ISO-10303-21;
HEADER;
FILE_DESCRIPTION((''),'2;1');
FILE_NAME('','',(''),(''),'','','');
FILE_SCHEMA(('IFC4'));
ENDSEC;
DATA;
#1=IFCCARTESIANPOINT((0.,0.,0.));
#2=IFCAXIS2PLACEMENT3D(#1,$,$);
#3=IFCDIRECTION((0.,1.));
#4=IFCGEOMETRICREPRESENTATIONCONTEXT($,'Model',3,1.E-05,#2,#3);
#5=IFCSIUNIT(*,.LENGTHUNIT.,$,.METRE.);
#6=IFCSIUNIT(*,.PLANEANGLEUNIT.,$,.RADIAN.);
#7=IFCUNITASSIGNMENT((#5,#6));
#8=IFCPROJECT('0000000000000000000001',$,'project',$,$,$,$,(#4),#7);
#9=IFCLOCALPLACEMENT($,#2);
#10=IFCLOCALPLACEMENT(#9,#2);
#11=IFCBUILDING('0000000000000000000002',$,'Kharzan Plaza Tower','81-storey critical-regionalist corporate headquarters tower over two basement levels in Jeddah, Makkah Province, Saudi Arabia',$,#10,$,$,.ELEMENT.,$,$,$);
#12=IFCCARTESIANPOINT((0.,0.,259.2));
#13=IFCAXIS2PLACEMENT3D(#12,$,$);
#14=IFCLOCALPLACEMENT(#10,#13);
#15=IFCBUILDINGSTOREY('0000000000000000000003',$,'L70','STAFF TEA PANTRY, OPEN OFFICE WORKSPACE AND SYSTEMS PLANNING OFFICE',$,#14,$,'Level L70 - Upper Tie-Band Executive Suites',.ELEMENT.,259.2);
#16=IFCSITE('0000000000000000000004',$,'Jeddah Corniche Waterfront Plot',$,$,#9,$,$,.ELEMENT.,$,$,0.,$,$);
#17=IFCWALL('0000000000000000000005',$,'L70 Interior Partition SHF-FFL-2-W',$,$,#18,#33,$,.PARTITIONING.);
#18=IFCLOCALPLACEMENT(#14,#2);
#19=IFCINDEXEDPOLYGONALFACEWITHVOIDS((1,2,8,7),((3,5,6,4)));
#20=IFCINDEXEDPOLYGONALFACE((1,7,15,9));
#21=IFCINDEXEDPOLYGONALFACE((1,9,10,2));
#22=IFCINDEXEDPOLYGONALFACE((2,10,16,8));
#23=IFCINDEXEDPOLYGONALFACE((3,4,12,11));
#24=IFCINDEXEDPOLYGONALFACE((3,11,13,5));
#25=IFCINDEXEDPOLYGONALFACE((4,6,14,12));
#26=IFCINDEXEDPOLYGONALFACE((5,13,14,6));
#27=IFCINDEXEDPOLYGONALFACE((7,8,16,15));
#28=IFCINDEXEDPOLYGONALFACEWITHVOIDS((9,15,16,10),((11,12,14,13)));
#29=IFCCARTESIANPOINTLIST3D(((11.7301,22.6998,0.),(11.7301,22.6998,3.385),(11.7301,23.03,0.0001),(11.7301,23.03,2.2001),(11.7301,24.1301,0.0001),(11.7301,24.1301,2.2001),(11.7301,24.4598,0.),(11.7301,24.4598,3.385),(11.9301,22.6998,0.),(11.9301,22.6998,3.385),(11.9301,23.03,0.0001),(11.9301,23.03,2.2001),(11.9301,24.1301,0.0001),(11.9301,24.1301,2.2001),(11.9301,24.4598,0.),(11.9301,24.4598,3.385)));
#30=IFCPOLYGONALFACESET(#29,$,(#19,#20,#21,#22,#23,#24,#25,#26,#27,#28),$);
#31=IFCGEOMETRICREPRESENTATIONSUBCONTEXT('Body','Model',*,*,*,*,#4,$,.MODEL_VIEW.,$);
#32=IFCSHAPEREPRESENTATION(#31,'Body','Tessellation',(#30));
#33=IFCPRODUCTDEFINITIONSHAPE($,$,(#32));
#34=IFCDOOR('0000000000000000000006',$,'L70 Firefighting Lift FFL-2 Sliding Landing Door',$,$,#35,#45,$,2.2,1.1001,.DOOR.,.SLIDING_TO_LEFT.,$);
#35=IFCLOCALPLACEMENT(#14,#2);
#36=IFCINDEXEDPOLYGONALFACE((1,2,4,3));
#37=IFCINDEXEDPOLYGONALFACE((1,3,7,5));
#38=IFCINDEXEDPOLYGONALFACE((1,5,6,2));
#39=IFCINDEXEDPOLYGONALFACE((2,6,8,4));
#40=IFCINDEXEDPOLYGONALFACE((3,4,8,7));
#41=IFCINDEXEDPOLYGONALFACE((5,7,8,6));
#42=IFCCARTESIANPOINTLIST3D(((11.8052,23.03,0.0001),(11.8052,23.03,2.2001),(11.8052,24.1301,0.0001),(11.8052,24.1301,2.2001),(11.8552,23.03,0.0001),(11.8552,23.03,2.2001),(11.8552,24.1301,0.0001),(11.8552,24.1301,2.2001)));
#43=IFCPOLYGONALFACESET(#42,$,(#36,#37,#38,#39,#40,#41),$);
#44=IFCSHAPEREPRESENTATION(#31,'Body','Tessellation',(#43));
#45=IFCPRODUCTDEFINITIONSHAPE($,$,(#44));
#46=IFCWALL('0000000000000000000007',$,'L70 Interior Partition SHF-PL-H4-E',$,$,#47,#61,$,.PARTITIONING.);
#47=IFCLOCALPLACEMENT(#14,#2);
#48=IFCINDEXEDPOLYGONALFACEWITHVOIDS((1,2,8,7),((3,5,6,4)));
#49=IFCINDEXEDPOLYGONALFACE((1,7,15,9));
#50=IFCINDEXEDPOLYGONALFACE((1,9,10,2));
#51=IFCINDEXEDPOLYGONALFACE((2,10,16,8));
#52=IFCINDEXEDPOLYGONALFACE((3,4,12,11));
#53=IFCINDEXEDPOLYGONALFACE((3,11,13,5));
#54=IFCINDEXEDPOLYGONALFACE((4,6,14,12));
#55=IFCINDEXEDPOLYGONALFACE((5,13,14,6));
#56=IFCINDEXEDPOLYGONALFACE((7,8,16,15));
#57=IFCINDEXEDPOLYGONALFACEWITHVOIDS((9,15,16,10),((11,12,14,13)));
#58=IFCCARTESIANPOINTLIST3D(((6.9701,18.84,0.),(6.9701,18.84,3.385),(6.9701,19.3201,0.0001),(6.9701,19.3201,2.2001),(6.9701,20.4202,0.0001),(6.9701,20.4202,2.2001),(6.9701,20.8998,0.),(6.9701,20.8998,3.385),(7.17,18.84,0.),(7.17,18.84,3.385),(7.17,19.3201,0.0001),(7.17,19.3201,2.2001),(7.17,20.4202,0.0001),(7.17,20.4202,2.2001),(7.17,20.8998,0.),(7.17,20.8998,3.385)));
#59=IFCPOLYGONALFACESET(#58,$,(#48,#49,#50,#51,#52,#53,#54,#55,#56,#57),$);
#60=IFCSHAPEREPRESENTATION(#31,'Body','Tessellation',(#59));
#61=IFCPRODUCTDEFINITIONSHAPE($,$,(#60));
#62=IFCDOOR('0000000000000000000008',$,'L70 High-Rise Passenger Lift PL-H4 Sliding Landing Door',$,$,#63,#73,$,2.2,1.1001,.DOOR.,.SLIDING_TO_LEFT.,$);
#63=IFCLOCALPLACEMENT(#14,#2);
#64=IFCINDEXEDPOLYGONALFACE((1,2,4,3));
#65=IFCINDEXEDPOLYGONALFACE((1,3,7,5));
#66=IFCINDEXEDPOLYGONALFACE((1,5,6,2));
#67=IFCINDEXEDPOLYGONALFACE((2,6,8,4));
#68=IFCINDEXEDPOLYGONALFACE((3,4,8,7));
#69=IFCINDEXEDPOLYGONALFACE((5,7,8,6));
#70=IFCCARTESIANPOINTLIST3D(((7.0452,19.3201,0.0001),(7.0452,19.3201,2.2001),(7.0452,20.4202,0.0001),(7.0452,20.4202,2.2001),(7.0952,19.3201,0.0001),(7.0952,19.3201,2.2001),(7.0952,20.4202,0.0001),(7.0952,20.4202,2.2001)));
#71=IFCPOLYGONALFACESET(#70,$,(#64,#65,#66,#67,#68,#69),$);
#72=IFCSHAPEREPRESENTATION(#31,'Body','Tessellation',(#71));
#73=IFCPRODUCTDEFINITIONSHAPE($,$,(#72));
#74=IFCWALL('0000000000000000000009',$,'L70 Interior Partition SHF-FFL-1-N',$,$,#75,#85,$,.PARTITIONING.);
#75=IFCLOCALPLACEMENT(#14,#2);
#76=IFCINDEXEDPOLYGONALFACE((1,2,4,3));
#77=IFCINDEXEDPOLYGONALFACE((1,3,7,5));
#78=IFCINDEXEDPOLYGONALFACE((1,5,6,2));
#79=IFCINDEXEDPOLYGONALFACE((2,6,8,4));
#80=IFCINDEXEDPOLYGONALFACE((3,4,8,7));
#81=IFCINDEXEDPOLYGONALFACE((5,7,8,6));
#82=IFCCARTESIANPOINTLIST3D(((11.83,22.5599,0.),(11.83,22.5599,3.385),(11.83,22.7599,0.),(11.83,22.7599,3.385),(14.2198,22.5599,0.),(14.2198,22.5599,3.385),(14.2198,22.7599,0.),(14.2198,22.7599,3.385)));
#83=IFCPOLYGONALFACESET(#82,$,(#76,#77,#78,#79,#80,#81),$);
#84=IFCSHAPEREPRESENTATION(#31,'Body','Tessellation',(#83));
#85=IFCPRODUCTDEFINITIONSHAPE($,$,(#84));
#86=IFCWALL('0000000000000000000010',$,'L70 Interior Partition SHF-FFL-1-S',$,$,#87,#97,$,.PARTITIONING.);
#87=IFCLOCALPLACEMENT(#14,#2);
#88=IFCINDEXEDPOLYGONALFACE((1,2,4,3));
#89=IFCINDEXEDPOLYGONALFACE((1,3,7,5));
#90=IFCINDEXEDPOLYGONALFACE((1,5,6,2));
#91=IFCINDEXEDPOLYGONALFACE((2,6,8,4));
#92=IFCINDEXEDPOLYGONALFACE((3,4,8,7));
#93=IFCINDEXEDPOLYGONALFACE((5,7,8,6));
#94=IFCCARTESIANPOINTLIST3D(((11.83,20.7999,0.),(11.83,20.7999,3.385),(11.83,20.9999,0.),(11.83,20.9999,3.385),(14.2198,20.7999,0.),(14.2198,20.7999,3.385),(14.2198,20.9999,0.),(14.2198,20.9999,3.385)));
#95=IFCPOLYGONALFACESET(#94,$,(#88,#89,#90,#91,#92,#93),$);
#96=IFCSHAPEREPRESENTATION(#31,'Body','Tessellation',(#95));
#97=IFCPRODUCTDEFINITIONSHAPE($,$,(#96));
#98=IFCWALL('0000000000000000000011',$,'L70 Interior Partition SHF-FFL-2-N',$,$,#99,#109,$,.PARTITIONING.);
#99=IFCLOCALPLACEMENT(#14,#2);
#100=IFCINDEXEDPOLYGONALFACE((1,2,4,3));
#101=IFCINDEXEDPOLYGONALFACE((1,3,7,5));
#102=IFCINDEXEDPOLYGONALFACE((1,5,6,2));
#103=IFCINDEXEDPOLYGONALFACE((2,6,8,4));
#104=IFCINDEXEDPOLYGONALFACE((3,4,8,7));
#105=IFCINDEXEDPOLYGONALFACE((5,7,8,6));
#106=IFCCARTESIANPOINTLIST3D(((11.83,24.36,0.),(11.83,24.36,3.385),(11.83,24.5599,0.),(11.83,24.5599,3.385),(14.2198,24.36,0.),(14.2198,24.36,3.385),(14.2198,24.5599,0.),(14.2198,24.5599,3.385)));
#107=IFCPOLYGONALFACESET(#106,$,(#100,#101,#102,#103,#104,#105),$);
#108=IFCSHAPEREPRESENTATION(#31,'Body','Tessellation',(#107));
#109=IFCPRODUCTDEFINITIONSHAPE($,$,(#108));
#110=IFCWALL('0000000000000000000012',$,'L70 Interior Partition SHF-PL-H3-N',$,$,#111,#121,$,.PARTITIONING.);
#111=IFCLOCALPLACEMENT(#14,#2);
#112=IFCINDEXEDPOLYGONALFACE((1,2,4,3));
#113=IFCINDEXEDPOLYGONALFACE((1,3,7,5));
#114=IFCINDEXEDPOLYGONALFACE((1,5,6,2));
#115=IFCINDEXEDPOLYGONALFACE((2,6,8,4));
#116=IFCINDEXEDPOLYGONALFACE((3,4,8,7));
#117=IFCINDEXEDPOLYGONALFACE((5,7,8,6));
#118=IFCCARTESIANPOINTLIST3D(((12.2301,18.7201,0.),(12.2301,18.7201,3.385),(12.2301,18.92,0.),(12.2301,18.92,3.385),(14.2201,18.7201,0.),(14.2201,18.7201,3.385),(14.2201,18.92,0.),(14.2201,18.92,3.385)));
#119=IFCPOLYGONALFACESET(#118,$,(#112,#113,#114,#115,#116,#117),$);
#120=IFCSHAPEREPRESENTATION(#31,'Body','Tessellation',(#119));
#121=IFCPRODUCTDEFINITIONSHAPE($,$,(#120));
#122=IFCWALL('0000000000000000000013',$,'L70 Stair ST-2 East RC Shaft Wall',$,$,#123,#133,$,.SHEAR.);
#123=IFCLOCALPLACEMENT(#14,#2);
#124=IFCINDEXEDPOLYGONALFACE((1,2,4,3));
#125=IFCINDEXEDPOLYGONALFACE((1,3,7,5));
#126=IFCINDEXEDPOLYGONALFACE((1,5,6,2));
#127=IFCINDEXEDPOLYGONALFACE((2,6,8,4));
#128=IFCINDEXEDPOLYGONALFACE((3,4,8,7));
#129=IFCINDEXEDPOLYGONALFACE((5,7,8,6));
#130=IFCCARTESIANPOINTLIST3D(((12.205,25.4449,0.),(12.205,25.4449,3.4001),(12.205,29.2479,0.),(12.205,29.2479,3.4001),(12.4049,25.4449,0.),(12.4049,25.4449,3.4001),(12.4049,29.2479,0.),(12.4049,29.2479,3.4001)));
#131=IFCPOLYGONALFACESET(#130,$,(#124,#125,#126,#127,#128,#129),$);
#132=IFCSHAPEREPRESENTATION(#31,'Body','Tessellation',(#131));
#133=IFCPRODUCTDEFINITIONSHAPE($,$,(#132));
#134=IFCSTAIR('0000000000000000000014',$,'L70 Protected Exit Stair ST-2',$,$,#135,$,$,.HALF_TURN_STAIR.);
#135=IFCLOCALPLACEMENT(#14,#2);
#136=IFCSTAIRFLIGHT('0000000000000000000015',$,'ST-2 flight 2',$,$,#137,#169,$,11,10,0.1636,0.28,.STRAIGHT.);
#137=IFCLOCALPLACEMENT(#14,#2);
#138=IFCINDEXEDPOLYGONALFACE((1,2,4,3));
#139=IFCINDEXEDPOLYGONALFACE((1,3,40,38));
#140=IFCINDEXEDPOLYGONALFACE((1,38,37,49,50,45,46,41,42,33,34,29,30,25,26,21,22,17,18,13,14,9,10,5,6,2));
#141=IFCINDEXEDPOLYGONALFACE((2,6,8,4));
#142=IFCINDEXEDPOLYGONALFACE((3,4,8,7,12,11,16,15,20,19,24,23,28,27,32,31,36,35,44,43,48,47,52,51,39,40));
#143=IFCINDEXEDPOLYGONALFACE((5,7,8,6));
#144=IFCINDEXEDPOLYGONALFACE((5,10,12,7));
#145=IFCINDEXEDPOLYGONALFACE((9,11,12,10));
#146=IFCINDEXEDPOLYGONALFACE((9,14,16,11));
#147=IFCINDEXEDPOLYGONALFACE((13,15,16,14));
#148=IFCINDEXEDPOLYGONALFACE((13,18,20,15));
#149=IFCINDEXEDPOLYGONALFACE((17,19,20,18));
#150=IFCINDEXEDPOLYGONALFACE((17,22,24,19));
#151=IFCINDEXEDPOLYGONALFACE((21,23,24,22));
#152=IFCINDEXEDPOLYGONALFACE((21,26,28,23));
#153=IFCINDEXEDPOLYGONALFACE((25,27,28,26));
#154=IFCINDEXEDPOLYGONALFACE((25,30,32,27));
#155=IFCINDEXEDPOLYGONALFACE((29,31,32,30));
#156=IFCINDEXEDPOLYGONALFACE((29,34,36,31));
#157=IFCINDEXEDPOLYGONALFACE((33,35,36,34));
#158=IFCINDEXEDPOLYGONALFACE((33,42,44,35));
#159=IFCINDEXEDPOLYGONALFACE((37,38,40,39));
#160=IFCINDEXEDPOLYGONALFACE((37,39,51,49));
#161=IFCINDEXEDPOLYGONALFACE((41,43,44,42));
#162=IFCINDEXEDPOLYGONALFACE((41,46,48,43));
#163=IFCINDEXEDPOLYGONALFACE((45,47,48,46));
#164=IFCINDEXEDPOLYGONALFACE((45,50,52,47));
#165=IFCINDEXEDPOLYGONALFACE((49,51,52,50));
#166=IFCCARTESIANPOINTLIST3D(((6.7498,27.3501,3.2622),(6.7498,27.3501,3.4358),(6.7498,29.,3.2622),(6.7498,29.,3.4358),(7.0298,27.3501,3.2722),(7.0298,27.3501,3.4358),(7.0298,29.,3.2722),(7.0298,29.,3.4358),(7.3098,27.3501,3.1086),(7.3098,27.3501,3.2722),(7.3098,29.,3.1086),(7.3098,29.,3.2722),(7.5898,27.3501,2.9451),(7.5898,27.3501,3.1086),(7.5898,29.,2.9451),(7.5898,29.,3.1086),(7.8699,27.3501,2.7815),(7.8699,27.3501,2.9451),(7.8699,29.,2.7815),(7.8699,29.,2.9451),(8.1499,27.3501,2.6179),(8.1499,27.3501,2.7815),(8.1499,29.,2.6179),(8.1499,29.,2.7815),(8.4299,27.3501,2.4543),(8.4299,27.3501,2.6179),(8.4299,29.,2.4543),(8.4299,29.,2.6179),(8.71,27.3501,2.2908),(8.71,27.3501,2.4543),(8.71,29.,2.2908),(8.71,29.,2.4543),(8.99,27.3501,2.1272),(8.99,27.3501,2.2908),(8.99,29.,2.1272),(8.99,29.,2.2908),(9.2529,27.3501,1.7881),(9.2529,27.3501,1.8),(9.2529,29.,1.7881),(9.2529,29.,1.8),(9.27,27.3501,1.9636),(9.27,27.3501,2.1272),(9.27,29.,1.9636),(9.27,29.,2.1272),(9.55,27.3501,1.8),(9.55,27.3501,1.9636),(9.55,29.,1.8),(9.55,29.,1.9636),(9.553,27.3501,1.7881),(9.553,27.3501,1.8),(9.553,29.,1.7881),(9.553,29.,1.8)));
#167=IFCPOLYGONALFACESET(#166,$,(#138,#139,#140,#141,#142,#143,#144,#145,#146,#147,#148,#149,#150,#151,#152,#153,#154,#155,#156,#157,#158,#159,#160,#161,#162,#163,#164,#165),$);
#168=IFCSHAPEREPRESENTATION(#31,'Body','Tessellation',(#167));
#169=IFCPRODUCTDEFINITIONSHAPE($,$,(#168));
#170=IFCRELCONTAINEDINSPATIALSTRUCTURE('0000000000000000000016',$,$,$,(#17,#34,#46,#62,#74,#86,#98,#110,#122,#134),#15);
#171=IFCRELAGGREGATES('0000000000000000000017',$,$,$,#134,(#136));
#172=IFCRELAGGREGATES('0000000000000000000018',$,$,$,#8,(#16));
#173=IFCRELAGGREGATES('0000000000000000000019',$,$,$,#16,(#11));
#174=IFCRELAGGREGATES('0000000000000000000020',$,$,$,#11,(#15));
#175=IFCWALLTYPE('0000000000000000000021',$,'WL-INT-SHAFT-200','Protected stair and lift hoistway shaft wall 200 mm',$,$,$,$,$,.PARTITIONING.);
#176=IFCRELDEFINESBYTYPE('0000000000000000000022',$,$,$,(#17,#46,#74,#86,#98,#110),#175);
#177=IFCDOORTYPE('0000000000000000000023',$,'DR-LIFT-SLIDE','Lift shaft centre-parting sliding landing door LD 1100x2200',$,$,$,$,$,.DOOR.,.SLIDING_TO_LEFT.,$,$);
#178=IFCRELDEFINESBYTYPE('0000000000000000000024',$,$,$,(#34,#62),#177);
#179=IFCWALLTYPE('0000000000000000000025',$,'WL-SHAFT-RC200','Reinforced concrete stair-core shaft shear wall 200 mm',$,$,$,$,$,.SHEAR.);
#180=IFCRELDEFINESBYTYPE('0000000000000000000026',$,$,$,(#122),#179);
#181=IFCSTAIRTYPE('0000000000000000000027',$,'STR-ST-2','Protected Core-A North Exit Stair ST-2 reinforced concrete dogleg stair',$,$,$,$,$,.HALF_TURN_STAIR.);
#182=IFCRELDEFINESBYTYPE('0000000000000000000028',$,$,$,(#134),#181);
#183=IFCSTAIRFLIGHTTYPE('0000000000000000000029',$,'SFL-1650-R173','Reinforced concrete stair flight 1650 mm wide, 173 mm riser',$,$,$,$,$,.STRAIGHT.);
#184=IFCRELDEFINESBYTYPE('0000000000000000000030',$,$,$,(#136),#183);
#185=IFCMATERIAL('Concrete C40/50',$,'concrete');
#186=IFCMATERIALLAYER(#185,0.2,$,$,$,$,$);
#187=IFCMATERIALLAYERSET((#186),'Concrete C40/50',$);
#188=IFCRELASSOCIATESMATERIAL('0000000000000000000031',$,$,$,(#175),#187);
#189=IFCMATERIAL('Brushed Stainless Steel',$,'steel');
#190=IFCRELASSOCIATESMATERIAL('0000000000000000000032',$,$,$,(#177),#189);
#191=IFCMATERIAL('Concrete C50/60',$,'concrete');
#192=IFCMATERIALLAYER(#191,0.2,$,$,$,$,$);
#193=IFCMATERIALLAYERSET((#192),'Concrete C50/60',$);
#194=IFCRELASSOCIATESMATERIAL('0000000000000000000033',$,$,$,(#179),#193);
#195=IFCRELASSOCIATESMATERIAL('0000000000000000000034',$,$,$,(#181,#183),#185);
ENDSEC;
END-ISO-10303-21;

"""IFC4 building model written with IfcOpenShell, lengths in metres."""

from ifc_helpers import new_model, si_unit, direction, frame, frame_2d, origin, place, context, subcontext, project, spatial, polyline, rectangle, outline, extrude, source, transform, mapped, material, layer, layer_set, type_object, element, fill, aggregate, save


model = new_model("IFC4")

# Units and contexts
model_context = context("Model", 3, precision=1e-05, world=origin(), true_north=direction((0.0, 1.0)))
body_context = subcontext(model_context, "Body", "Model", "MODEL_VIEW")
ifc_project = project(units=[si_unit("LENGTHUNIT", "METRE"), si_unit("PLANEANGLEUNIT", "RADIAN")], contexts=[model_context])

# Site, building, storey
site_placement = place(None, origin())
site = spatial("IfcSite", under=ifc_project, at=site_placement, Name="Jeddah Corniche Waterfront Plot", CompositionType="ELEMENT", RefElevation=0.0)
building_placement = place(site_placement, origin())
building = spatial("IfcBuilding", under=site, at=building_placement, Name="Kharzan Plaza Tower", Description="81-storey critical-regionalist corporate headquarters tower over two basement levels in Jeddah, Makkah Province, Saudi Arabia", CompositionType="ELEMENT")
storey_placement = place(building_placement, frame((0.0, 0.0, 259.2)))
storey = spatial("IfcBuildingStorey", under=building, at=storey_placement, Name="L70", Description="STAFF TEA PANTRY, OPEN OFFICE WORKSPACE AND SYSTEMS PLANNING OFFICE", LongName="Level L70 - Upper Tie-Band Executive Suites", CompositionType="ELEMENT", Elevation=259.2)

# Walls, openings, doors
ifc_material_1 = material(Name="Concrete C40/50", Category="concrete")
ifc_layer_1 = layer(ifc_material_1, 0.2)
ifc_layer_set_1 = layer_set([ifc_layer_1], Name="Concrete C40/50")
wall_type_1 = type_object("IfcWallType", Name="WL-INT-SHAFT-200", Description="Protected stair and lift hoistway shaft wall 200 mm", PredefinedType="PARTITIONING", material=ifc_layer_set_1)
ifc_material_2 = material(Name="Brushed Stainless Steel", Category="steel")
door_type_1 = type_object("IfcDoorType", Name="DR-LIFT-SLIDE", Description="Lift shaft centre-parting sliding landing door LD 1100x2200", OperationType="SLIDING_TO_LEFT", PredefinedType="DOOR", material=ifc_material_2)
shared_shape_1 = source(origin(), body_context, "Body", "SweptSolid", [
    extrude(rectangle(XDim=1.1001, YDim=2.2, at=frame_2d((0.55, 1.1001))), frame((0.0, 0.0249, 0.0), z_axis=(0.0, -1.0, 0.0), x_axis=(1.0, 0.0, 0.0)), (0.0, 0.0, 1.0), 0.05),
])
wall_1_placement = place(storey_placement, frame((11.8301, 22.7, 0.0), z_axis=(0.0, 0.0, 1.0), x_axis=(0.0, 1.0, 0.0)))
wall_1 = element("IfcWall", 1, at=wall_1_placement, inside=storey, type_object=wall_type_1, Name="L70 Interior Partition SHF-FFL-2-W", PredefinedType="PARTITIONING", context=body_context, shape_type="SweptSolid", body=[
    extrude(rectangle(XDim=1.76, YDim=0.2, at=frame_2d((0.8799, 0.0))), origin(), (0.0, 0.0, 1.0), 3.385),
])
opening_1_placement = place(wall_1_placement, frame((0.3301, 0.0, 0.0)))
opening_1 = element("IfcOpeningElement", 2, at=opening_1_placement, cuts=wall_1, PredefinedType="OPENING", context=body_context, shape_type="SweptSolid", body=[
    extrude(rectangle(XDim=1.1001, YDim=2.2, at=frame_2d((0.55, 1.1001))), frame((0.0, 0.1099, 0.0), z_axis=(0.0, -1.0, 0.0), x_axis=(1.0, 0.0, 0.0)), (0.0, 0.0, 1.0), 0.22),
])
door_1_placement = place(opening_1_placement, origin())
door_1 = element("IfcDoor", 3, at=door_1_placement, inside=storey, type_object=door_type_1, Name="L70 Firefighting Lift FFL-2 Sliding Landing Door", OperationType="SLIDING_TO_LEFT", OverallHeight=2.2, OverallWidth=1.1001, PredefinedType="DOOR", context=body_context, shape_type="MappedRepresentation", body=[
    mapped(shared_shape_1, transform((0.0, 0.0, 0.0), x_axis=(1.0, 0.0, 0.0), y_axis=(0.0, 1.0, 0.0), z_axis=(0.0, 0.0, 1.0))),
])
fill(opening_1, door_1)
wall_2_placement = place(storey_placement, frame((7.0701, 18.8401, 0.0), z_axis=(0.0, 0.0, 1.0), x_axis=(0.0, 1.0, 0.0)))
wall_2 = element("IfcWall", 4, at=wall_2_placement, inside=storey, type_object=wall_type_1, Name="L70 Interior Partition SHF-PL-H4-E", PredefinedType="PARTITIONING", context=body_context, shape_type="SweptSolid", body=[
    extrude(rectangle(XDim=2.0598, YDim=0.2, at=frame_2d((1.0298, 0.0))), origin(), (0.0, 0.0, 1.0), 3.385),
])
opening_2_placement = place(wall_2_placement, frame((0.48, 0.0, 0.0)))
opening_2 = element("IfcOpeningElement", 5, at=opening_2_placement, cuts=wall_2, PredefinedType="OPENING", context=body_context, shape_type="SweptSolid", body=[
    extrude(rectangle(XDim=1.1001, YDim=2.2, at=frame_2d((0.55, 1.1001))), frame((0.0, 0.1099, 0.0), z_axis=(0.0, -1.0, 0.0), x_axis=(1.0, 0.0, 0.0)), (0.0, 0.0, 1.0), 0.22),
])
door_2_placement = place(opening_2_placement, origin())
door_2 = element("IfcDoor", 6, at=door_2_placement, inside=storey, type_object=door_type_1, Name="L70 High-Rise Passenger Lift PL-H4 Sliding Landing Door", OperationType="SLIDING_TO_LEFT", OverallHeight=2.2, OverallWidth=1.1001, PredefinedType="DOOR", context=body_context, shape_type="MappedRepresentation", body=[
    mapped(shared_shape_1, transform((0.0, 0.0, 0.0), x_axis=(1.0, 0.0, 0.0), y_axis=(0.0, 1.0, 0.0), z_axis=(0.0, 0.0, 1.0))),
])
fill(opening_2, door_2)

# Walls
shared_shape_2 = source(origin(), body_context, "Body", "SweptSolid", [
    extrude(rectangle(XDim=2.3899, YDim=0.2, at=frame_2d((1.1948, 0.0))), origin(), (0.0, 0.0, 1.0), 3.385),
])
for number, where, z_axis, x_axis, name in (
    (7, (11.8301, 22.6599, 0.0), (0.0, 0.0, 1.0), (1.0, 0.0, 0.0), "L70 Interior Partition SHF-FFL-1-N"),
    (8, (11.8301, 20.8999, 0.0), (0.0, 0.0, 1.0), (1.0, 0.0, 0.0), "L70 Interior Partition SHF-FFL-1-S"),
    (9, (11.8301, 24.46, 0.0), (0.0, 0.0, 1.0), (1.0, 0.0, 0.0), "L70 Interior Partition SHF-FFL-2-N"),
):
    element("IfcWall", number, at=place(storey_placement, frame(where, z_axis=z_axis, x_axis=x_axis)), inside=storey, type_object=wall_type_1, Name=name, PredefinedType="PARTITIONING", context=body_context, shape_type="MappedRepresentation", body=[
        mapped(shared_shape_2, transform((0.0, 0.0, 0.0), x_axis=(1.0, 0.0, 0.0), y_axis=(0.0, 1.0, 0.0), z_axis=(0.0, 0.0, 1.0))),
    ])
shared_shape_3 = source(origin(), body_context, "Body", "SweptSolid", [
    extrude(rectangle(XDim=1.99, YDim=0.2, at=frame_2d((0.9951, 0.0))), origin(), (0.0, 0.0, 1.0), 3.385),
])
wall_3_placement = place(storey_placement, frame((12.23, 18.8201, 0.0), z_axis=(0.0, 0.0, 1.0), x_axis=(1.0, 0.0, 0.0)))
element("IfcWall", 10, at=wall_3_placement, inside=storey, type_object=wall_type_1, Name="L70 Interior Partition SHF-PL-H3-N", PredefinedType="PARTITIONING", context=body_context, shape_type="MappedRepresentation", body=[
    mapped(shared_shape_3, transform((0.0, 0.0, 0.0), x_axis=(1.0, 0.0, 0.0), y_axis=(0.0, 1.0, 0.0), z_axis=(0.0, 0.0, 1.0))),
])
ifc_material_3 = material(Name="Concrete C50/60", Category="concrete")
ifc_layer_2 = layer(ifc_material_3, 0.2)
ifc_layer_set_2 = layer_set([ifc_layer_2], Name="Concrete C50/60")
wall_type_2 = type_object("IfcWallType", Name="WL-SHAFT-RC200", Description="Reinforced concrete stair-core shaft shear wall 200 mm", PredefinedType="SHEAR", material=ifc_layer_set_2)
shared_shape_4 = source(origin(), body_context, "Body", "SweptSolid", [
    extrude(rectangle(XDim=3.803, YDim=0.2, at=frame_2d((1.9014, 0.0))), origin(), (0.0, 0.0, 1.0), 3.4001),
])
wall_4_placement = place(storey_placement, frame((12.3049, 25.4451, 0.0), z_axis=(0.0, 0.0, 1.0), x_axis=(0.0, 1.0, 0.0)))
element("IfcWall", 11, at=wall_4_placement, inside=storey, type_object=wall_type_2, Name="L70 Stair ST-2 East RC Shaft Wall", PredefinedType="SHEAR", context=body_context, shape_type="MappedRepresentation", body=[
    mapped(shared_shape_4, transform((0.0, 0.0, 0.0), x_axis=(1.0, 0.0, 0.0), y_axis=(0.0, 1.0, 0.0), z_axis=(0.0, 0.0, 1.0))),
])

# Stair, stair flight
stair_type = type_object("IfcStairType", Name="STR-ST-2", Description="Protected Core-A North Exit Stair ST-2 reinforced concrete dogleg stair", PredefinedType="HALF_TURN_STAIR", material=ifc_material_1)
stair_placement = place(storey_placement, origin())
stair = element("IfcStair", 12, at=stair_placement, inside=storey, type_object=stair_type, Name="L70 Protected Exit Stair ST-2", PredefinedType="HALF_TURN_STAIR")
stair_flight_type = type_object("IfcStairFlightType", Name="SFL-1650-R173", Description="Reinforced concrete stair flight 1650 mm wide, 173 mm riser", PredefinedType="STRAIGHT", material=ifc_material_1)
shared_shape_5 = source(origin(), body_context, "Body", "SweptSolid", [
    extrude(outline(polyline([(-0.0029, -0.012), (-0.0029, 0.0), (0.0, 0.0), (0.0, 0.1636), (0.28, 0.1636), (0.28, 0.3271), (0.5601, 0.3271), (0.5601, 0.4907), (0.8401, 0.4907), (0.8401, 0.6543), (1.1201, 0.6543), (1.1201, 0.8179), (1.4001, 0.8179), (1.4001, 0.9814), (1.6802, 0.9814), (1.6802, 1.145), (1.9602, 1.145), (1.9602, 1.3086), (2.2402, 1.3086), (2.2402, 1.4722), (2.5203, 1.4722), (2.5203, 1.6357), (2.8003, 1.6357), (2.8003, 1.7993), (2.8003, 1.4622), (0.2971, 0.0), (0.2971, -0.012), (-0.0029, -0.012)])), frame((0.0, 0.825, 0.0), z_axis=(0.0, -1.0, 0.0), x_axis=(1.0, 0.0, 0.0)), (0.0, 0.0, 1.0), 1.6499),
])
stair_flight_placement = place(storey_placement, frame((9.55, 28.175, 1.8), z_axis=(0.0, 0.0, 1.0), x_axis=(-1.0, 0.0, 0.0)))
stair_flight = element("IfcStairFlight", 13, at=stair_flight_placement, type_object=stair_flight_type, Name="ST-2 flight 2", NumberOfRisers=11, NumberOfTreads=10, PredefinedType="STRAIGHT", RiserHeight=0.1636, TreadLength=0.28, context=body_context, shape_type="MappedRepresentation", body=[
    mapped(shared_shape_5, transform((0.0, 0.0, 0.0), x_axis=(1.0, 0.0, 0.0), y_axis=(0.0, 1.0, 0.0), z_axis=(0.0, 0.0, 1.0))),
])
aggregate(stair, [stair_flight])

save(model, "model.ifc")
